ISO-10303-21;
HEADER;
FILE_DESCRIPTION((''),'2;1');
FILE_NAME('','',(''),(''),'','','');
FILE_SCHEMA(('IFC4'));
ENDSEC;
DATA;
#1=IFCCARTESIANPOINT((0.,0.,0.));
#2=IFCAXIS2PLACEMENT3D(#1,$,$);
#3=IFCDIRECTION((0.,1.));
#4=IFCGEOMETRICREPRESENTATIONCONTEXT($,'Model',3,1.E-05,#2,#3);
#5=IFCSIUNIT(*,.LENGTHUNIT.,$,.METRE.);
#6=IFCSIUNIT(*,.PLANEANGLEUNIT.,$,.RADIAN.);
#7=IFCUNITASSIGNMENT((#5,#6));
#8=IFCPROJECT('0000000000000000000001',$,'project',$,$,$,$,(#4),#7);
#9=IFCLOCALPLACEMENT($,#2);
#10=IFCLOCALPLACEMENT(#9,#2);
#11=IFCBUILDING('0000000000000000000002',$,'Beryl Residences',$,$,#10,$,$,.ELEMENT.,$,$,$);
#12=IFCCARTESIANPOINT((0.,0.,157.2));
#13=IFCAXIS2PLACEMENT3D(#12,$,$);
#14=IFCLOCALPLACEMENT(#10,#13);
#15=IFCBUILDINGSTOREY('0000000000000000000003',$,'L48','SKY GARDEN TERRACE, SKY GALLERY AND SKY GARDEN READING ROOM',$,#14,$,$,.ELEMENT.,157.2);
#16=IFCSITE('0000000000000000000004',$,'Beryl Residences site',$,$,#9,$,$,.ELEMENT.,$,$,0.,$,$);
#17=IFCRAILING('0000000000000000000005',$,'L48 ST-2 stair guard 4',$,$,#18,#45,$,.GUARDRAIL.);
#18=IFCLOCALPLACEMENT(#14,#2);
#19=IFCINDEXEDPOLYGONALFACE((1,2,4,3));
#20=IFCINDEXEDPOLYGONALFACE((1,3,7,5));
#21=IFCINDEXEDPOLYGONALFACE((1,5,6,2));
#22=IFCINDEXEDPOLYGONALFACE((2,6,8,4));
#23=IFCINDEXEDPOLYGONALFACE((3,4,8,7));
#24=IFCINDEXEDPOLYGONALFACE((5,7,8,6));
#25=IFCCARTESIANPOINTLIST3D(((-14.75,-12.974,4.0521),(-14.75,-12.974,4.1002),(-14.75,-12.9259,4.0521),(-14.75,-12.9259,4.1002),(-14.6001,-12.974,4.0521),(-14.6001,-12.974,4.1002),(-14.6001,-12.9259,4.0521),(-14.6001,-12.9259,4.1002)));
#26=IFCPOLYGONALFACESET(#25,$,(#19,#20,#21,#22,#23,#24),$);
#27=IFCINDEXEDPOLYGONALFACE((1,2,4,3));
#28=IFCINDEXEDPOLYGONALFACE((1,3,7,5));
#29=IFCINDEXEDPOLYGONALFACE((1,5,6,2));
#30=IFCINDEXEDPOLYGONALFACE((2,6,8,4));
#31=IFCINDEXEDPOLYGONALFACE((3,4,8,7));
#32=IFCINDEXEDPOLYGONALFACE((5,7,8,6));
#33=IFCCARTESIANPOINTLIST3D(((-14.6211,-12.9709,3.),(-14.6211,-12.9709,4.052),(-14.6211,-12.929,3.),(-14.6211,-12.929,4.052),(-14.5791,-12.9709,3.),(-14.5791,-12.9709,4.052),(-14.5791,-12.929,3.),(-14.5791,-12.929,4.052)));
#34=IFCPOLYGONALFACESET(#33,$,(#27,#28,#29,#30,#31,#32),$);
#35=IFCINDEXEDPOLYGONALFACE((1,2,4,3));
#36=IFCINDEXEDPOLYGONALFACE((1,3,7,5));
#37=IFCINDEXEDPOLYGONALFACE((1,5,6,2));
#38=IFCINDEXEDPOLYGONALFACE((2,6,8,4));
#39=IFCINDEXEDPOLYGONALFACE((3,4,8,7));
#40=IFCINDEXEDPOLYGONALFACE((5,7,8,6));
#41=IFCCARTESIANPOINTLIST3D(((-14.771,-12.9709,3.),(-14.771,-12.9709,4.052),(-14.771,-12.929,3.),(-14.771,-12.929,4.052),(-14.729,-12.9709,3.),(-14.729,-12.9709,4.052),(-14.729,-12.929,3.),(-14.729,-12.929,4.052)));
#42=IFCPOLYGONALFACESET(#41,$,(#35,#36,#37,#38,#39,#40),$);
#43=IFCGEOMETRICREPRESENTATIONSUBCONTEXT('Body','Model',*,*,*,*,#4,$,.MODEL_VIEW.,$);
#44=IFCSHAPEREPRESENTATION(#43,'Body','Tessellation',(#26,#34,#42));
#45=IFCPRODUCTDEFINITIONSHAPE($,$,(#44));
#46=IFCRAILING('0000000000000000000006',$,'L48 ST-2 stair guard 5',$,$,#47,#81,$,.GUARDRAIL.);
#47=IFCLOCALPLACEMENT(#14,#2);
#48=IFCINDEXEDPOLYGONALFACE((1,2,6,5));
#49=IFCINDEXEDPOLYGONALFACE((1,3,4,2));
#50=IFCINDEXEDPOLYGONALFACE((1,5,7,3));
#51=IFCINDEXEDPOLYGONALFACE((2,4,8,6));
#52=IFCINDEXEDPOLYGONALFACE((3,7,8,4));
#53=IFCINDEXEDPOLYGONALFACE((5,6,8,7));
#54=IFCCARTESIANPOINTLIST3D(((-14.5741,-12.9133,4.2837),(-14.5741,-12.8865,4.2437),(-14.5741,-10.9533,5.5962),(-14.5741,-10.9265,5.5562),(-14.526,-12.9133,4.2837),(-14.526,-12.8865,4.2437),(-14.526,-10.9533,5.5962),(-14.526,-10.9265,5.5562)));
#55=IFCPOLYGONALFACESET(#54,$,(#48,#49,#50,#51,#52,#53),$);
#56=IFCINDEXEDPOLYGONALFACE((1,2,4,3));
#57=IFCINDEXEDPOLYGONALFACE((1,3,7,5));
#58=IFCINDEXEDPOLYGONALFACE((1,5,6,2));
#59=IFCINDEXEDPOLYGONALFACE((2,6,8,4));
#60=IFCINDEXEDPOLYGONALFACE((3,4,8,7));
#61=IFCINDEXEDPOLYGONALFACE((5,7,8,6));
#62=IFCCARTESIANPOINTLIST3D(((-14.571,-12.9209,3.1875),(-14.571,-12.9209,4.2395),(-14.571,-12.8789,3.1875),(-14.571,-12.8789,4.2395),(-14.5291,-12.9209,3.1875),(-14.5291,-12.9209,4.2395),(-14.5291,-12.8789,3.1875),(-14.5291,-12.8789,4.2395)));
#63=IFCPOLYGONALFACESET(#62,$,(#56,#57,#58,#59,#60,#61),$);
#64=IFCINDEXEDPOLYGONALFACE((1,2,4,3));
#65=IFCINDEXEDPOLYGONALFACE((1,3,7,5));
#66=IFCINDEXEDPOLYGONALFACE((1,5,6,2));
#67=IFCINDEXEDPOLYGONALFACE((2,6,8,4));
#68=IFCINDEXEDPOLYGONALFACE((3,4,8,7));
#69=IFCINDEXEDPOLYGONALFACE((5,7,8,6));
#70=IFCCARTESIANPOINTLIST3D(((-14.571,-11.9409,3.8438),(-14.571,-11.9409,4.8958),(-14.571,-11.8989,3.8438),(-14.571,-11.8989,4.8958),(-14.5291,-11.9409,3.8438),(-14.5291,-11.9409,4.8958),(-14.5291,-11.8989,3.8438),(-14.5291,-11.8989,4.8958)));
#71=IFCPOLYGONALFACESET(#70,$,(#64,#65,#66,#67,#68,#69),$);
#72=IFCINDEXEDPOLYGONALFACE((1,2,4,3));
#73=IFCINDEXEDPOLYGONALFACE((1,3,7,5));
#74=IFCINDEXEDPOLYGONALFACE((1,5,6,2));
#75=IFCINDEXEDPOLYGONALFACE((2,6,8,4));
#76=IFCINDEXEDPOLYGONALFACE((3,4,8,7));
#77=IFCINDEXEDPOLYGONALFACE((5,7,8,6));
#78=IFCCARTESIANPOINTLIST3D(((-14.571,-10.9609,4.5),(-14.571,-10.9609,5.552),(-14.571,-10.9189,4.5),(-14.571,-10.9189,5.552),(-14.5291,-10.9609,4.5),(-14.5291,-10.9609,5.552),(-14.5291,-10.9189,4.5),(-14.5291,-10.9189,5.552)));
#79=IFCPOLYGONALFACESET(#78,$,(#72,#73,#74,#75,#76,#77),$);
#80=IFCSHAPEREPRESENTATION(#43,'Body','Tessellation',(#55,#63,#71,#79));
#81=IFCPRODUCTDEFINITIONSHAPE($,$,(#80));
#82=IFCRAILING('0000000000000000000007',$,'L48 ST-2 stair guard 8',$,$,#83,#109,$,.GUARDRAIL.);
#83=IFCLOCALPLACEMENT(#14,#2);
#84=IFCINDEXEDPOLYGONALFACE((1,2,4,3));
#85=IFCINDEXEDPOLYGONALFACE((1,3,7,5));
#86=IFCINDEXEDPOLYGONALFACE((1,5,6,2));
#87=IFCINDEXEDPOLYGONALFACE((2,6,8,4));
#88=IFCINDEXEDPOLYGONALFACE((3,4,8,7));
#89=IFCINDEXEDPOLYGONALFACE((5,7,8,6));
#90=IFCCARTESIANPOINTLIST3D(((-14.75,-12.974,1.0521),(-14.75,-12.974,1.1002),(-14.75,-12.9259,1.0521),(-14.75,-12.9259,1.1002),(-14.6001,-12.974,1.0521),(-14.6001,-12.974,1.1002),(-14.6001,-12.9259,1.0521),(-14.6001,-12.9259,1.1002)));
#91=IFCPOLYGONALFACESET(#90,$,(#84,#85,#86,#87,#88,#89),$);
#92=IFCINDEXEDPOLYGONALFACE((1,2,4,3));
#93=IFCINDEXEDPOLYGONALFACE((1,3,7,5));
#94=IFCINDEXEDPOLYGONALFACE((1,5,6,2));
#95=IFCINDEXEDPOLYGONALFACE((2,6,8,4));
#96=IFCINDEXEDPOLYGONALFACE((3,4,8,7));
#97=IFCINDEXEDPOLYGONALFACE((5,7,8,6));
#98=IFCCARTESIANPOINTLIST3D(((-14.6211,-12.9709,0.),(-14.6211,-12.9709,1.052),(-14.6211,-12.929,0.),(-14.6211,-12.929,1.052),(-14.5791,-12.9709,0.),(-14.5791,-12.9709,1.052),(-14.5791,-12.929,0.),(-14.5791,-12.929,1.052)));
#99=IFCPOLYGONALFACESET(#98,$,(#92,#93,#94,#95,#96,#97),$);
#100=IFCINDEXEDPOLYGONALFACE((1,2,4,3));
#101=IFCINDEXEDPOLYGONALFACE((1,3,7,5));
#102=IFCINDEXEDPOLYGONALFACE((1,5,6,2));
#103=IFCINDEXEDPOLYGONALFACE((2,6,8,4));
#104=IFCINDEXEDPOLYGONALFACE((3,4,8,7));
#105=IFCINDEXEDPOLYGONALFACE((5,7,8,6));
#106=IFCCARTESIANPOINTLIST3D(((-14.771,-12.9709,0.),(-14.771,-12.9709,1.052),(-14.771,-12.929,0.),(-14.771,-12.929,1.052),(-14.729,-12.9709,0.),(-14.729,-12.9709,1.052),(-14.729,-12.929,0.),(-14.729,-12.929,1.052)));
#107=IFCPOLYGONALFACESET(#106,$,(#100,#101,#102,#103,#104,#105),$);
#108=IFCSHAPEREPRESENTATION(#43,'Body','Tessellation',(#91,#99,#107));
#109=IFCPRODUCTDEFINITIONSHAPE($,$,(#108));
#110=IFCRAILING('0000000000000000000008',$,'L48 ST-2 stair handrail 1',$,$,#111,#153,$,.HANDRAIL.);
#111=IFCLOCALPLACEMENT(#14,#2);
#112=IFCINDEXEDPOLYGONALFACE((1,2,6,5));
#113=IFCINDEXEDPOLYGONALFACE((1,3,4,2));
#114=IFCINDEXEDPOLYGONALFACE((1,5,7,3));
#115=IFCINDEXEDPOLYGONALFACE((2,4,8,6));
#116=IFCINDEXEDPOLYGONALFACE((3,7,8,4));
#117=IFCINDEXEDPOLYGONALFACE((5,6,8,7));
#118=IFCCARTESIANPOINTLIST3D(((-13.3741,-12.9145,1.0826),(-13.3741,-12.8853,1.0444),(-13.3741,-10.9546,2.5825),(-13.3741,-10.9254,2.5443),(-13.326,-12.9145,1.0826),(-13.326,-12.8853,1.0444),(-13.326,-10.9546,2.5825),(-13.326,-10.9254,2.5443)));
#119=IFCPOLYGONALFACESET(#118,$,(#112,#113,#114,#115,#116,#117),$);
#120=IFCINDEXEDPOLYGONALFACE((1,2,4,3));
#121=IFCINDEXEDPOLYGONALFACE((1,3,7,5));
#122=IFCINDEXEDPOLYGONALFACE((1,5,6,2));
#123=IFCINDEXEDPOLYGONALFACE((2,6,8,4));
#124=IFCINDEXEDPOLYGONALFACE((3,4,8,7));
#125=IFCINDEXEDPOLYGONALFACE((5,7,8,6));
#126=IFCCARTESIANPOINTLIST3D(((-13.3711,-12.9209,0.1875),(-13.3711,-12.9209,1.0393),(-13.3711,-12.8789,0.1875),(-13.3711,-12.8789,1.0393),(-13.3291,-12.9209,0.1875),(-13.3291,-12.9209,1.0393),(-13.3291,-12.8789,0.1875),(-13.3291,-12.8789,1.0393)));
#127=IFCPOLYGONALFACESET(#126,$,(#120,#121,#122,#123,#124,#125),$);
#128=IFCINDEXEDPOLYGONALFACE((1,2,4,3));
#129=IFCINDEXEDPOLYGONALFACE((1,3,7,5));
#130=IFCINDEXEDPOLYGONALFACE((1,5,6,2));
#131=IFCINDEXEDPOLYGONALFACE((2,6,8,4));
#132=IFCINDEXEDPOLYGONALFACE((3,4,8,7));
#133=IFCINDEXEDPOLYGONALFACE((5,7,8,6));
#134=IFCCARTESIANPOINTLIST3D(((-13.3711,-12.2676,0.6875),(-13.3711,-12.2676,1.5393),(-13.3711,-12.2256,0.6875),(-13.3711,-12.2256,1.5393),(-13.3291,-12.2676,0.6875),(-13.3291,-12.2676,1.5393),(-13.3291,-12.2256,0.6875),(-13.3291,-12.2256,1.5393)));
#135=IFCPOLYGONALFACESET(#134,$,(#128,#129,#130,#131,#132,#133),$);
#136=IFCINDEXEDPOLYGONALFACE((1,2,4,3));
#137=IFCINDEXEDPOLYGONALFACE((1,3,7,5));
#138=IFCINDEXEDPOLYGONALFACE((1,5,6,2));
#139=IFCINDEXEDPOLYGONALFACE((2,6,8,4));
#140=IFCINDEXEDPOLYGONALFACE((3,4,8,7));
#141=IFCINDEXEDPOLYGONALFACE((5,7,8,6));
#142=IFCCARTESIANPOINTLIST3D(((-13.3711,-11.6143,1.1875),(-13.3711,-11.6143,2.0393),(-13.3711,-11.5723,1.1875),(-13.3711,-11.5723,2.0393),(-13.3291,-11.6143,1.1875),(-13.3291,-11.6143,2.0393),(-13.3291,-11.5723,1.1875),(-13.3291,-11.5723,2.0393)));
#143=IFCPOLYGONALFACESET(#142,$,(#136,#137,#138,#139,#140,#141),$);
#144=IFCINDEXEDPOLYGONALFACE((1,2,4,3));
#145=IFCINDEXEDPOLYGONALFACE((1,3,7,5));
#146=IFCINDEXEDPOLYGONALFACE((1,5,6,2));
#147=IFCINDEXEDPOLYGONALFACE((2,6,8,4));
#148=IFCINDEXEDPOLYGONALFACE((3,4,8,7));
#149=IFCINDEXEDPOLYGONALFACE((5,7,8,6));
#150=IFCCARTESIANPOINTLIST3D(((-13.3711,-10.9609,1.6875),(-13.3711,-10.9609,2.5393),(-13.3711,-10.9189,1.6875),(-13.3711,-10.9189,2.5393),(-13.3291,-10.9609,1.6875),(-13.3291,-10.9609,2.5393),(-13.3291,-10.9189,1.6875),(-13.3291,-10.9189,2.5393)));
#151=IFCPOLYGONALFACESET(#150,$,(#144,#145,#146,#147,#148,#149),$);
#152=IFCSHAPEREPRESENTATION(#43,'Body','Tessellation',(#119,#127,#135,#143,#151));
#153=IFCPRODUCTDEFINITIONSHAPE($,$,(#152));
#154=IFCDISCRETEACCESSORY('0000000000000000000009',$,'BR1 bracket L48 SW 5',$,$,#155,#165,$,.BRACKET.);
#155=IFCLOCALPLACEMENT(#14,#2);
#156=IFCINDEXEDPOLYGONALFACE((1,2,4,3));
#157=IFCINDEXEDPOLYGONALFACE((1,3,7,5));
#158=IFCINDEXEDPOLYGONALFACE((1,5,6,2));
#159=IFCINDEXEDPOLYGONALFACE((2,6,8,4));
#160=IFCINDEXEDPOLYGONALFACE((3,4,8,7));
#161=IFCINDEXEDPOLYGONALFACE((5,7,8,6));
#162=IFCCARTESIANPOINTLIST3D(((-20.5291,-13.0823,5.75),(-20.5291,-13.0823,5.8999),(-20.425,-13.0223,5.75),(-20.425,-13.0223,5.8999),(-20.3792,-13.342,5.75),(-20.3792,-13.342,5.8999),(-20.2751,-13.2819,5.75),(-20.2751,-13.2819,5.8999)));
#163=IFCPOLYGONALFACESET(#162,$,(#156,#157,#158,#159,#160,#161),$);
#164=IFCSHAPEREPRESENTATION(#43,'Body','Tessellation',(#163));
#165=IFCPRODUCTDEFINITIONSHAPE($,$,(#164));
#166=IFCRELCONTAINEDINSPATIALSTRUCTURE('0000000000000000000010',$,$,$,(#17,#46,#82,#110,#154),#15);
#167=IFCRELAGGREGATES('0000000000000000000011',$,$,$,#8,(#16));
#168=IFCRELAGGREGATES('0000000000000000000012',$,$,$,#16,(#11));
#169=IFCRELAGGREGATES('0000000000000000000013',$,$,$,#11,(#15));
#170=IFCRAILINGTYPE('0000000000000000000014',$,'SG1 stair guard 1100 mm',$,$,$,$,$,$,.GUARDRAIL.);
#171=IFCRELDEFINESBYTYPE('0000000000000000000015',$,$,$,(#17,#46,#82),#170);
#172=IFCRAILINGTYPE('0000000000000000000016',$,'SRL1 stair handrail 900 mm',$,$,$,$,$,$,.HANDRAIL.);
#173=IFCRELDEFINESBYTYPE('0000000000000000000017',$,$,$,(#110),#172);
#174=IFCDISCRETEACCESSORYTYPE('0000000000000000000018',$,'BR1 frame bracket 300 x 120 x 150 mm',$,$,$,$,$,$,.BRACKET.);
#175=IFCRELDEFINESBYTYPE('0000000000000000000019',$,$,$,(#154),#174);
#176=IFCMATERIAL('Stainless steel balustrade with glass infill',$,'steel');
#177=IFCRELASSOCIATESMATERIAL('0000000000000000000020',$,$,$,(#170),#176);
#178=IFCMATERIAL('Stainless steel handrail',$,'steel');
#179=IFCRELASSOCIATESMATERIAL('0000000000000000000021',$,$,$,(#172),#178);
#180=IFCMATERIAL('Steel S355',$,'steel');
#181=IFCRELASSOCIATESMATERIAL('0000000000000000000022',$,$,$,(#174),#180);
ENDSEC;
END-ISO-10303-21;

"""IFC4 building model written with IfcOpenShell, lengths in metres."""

from ifc_helpers import new_model, si_unit, direction, frame, origin, origin_2d, place, context, subcontext, project, spatial, polyline, rectangle, outline, extrude, source, transform, mapped, material, type_object, type_shapes, element, save


model = new_model("IFC4")

# Units and contexts
model_context = context("Model", 3, precision=1e-05, world=origin(), true_north=direction((0.0, 1.0)))
body_context = subcontext(model_context, "Body", "Model", "MODEL_VIEW")
ifc_project = project(units=[si_unit("LENGTHUNIT", "METRE"), si_unit("PLANEANGLEUNIT", "RADIAN")], contexts=[model_context])

# Site, building, storey
site_placement = place(None, origin())
site = spatial("IfcSite", under=ifc_project, at=site_placement, Name="Beryl Residences site", CompositionType="ELEMENT", RefElevation=0.0)
building_placement = place(site_placement, origin())
building = spatial("IfcBuilding", under=site, at=building_placement, Name="Beryl Residences", CompositionType="ELEMENT")
storey_placement = place(building_placement, frame((0.0, 0.0, 157.2)))
storey = spatial("IfcBuildingStorey", under=building, at=storey_placement, Name="L48", Description="SKY GARDEN TERRACE, SKY GALLERY AND SKY GARDEN READING ROOM", CompositionType="ELEMENT", Elevation=157.2)

# Railings
ifc_material_1 = material(Name="Stainless steel balustrade with glass infill", Category="steel")
railing_type_1 = type_object("IfcRailingType", Name="SG1 stair guard 1100 mm", PredefinedType="GUARDRAIL", material=ifc_material_1)
railing_1_placement = place(storey_placement, frame((-14.6001, -12.95, 3.0)))
element("IfcRailing", 1, at=railing_1_placement, inside=storey, type_object=railing_type_1, Name="L48 ST-2 stair guard 4", PredefinedType="GUARDRAIL", context=body_context, shape_type="SweptSolid", body=[
    extrude(rectangle(XDim=0.0481, YDim=0.0481, at=origin_2d()), frame((0.0, 0.0, 1.0762), z_axis=(-1.0, 0.0, 0.0), x_axis=(0.0, -1.0, 0.0)), (0.0, 0.0, 1.0), 0.1499),
    extrude(rectangle(XDim=0.042, YDim=0.042, at=origin_2d()), origin(), (0.0, 0.0, 1.0), 1.052),
    extrude(rectangle(XDim=0.042, YDim=0.042, at=origin_2d()), frame((-0.1499, 0.0, 0.0)), (0.0, 0.0, 1.0), 1.052),
])
railing_2_placement = place(storey_placement, frame((-14.55, -12.8999, 3.1875)))
element("IfcRailing", 2, at=railing_2_placement, inside=storey, type_object=railing_type_1, Name="L48 ST-2 stair guard 5", PredefinedType="GUARDRAIL", context=body_context, shape_type="SweptSolid", body=[
    extrude(rectangle(XDim=0.0481, YDim=0.0481, at=origin_2d()), frame((0.0, 0.0, 1.0762), z_axis=(0.0, 0.830902, 0.556419), x_axis=(-1.0, 0.0, 0.0)), (0.0, 0.0, 1.0), 2.3589),
    extrude(rectangle(XDim=0.042, YDim=0.042, at=origin_2d()), origin(), (0.0, 0.0, 1.0), 1.052),
    extrude(rectangle(XDim=0.042, YDim=0.042, at=origin_2d()), frame((0.0, 0.98, 0.6562)), (0.0, 0.0, 1.0), 1.052),
    extrude(rectangle(XDim=0.042, YDim=0.042, at=origin_2d()), frame((0.0, 1.96, 1.3125)), (0.0, 0.0, 1.0), 1.052),
])
railing_3_placement = place(storey_placement, frame((-14.6001, -12.95, 0.0)))
element("IfcRailing", 3, at=railing_3_placement, inside=storey, type_object=railing_type_1, Name="L48 ST-2 stair guard 8", PredefinedType="GUARDRAIL", context=body_context, shape_type="SweptSolid", body=[
    extrude(rectangle(XDim=0.0481, YDim=0.0481, at=origin_2d()), frame((0.0, 0.0, 1.0762), z_axis=(-1.0, 0.0, 0.0), x_axis=(0.0, -1.0, 0.0)), (0.0, 0.0, 1.0), 0.1499),
    extrude(rectangle(XDim=0.042, YDim=0.042, at=origin_2d()), origin(), (0.0, 0.0, 1.0), 1.052),
    extrude(rectangle(XDim=0.042, YDim=0.042, at=origin_2d()), frame((-0.1499, 0.0, 0.0)), (0.0, 0.0, 1.0), 1.052),
])
ifc_material_2 = material(Name="Stainless steel handrail", Category="steel")
railing_type_2 = type_object("IfcRailingType", Name="SRL1 stair handrail 900 mm", PredefinedType="HANDRAIL", material=ifc_material_2)
railing_4_placement = place(storey_placement, frame((-13.3501, -12.8999, 0.1875)))
element("IfcRailing", 4, at=railing_4_placement, inside=storey, type_object=railing_type_2, Name="L48 ST-2 stair handrail 1", PredefinedType="HANDRAIL", context=body_context, shape_type="SweptSolid", body=[
    extrude(rectangle(XDim=0.0481, YDim=0.0481, at=origin_2d()), frame((0.0, 0.0, 0.876), z_axis=(0.0, 0.794122, 0.607758), x_axis=(-1.0, 0.0, 0.0)), (0.0, 0.0, 1.0), 2.468),
    extrude(rectangle(XDim=0.042, YDim=0.042, at=origin_2d()), origin(), (0.0, 0.0, 1.0), 0.8518),
    extrude(rectangle(XDim=0.042, YDim=0.042, at=origin_2d()), frame((0.0, 0.6533, 0.5)), (0.0, 0.0, 1.0), 0.8518),
    extrude(rectangle(XDim=0.042, YDim=0.042, at=origin_2d()), frame((0.0, 1.3066, 1.0)), (0.0, 0.0, 1.0), 0.8518),
    extrude(rectangle(XDim=0.042, YDim=0.042, at=origin_2d()), frame((0.0, 1.96, 1.5)), (0.0, 0.0, 1.0), 0.8518),
])

# Discrete accessory
ifc_material_3 = material(Name="Steel S355", Category="steel")
discrete_accessory_type = type_object("IfcDiscreteAccessoryType", Name="BR1 frame bracket 300 x 120 x 150 mm", PredefinedType="BRACKET", material=ifc_material_3)
shared_shape_1 = source(origin(), body_context, "Body", "SweptSolid", [
    extrude(outline(polyline([(-0.1499, 0.0), (0.1499, 0.0), (0.1499, 0.1201), (-0.1499, 0.1201), (-0.1499, 0.0)])), origin(), (0.0, 0.0, 1.0), 0.1499),
])
type_shapes(discrete_accessory_type, [shared_shape_1])
discrete_accessory_placement = place(storey_placement, frame((-20.3501, -13.1521, 5.75), z_axis=(0.0, 0.0, 1.0), x_axis=(-0.5, 0.866025, 0.0)))
element("IfcDiscreteAccessory", 5, at=discrete_accessory_placement, inside=storey, type_object=discrete_accessory_type, Name="BR1 bracket L48 SW 5", PredefinedType="BRACKET", context=body_context, shape_type="MappedRepresentation", body=[
    mapped(shared_shape_1, transform((0.0, 0.0, 0.0))),
])

save(model, "model.ifc")
